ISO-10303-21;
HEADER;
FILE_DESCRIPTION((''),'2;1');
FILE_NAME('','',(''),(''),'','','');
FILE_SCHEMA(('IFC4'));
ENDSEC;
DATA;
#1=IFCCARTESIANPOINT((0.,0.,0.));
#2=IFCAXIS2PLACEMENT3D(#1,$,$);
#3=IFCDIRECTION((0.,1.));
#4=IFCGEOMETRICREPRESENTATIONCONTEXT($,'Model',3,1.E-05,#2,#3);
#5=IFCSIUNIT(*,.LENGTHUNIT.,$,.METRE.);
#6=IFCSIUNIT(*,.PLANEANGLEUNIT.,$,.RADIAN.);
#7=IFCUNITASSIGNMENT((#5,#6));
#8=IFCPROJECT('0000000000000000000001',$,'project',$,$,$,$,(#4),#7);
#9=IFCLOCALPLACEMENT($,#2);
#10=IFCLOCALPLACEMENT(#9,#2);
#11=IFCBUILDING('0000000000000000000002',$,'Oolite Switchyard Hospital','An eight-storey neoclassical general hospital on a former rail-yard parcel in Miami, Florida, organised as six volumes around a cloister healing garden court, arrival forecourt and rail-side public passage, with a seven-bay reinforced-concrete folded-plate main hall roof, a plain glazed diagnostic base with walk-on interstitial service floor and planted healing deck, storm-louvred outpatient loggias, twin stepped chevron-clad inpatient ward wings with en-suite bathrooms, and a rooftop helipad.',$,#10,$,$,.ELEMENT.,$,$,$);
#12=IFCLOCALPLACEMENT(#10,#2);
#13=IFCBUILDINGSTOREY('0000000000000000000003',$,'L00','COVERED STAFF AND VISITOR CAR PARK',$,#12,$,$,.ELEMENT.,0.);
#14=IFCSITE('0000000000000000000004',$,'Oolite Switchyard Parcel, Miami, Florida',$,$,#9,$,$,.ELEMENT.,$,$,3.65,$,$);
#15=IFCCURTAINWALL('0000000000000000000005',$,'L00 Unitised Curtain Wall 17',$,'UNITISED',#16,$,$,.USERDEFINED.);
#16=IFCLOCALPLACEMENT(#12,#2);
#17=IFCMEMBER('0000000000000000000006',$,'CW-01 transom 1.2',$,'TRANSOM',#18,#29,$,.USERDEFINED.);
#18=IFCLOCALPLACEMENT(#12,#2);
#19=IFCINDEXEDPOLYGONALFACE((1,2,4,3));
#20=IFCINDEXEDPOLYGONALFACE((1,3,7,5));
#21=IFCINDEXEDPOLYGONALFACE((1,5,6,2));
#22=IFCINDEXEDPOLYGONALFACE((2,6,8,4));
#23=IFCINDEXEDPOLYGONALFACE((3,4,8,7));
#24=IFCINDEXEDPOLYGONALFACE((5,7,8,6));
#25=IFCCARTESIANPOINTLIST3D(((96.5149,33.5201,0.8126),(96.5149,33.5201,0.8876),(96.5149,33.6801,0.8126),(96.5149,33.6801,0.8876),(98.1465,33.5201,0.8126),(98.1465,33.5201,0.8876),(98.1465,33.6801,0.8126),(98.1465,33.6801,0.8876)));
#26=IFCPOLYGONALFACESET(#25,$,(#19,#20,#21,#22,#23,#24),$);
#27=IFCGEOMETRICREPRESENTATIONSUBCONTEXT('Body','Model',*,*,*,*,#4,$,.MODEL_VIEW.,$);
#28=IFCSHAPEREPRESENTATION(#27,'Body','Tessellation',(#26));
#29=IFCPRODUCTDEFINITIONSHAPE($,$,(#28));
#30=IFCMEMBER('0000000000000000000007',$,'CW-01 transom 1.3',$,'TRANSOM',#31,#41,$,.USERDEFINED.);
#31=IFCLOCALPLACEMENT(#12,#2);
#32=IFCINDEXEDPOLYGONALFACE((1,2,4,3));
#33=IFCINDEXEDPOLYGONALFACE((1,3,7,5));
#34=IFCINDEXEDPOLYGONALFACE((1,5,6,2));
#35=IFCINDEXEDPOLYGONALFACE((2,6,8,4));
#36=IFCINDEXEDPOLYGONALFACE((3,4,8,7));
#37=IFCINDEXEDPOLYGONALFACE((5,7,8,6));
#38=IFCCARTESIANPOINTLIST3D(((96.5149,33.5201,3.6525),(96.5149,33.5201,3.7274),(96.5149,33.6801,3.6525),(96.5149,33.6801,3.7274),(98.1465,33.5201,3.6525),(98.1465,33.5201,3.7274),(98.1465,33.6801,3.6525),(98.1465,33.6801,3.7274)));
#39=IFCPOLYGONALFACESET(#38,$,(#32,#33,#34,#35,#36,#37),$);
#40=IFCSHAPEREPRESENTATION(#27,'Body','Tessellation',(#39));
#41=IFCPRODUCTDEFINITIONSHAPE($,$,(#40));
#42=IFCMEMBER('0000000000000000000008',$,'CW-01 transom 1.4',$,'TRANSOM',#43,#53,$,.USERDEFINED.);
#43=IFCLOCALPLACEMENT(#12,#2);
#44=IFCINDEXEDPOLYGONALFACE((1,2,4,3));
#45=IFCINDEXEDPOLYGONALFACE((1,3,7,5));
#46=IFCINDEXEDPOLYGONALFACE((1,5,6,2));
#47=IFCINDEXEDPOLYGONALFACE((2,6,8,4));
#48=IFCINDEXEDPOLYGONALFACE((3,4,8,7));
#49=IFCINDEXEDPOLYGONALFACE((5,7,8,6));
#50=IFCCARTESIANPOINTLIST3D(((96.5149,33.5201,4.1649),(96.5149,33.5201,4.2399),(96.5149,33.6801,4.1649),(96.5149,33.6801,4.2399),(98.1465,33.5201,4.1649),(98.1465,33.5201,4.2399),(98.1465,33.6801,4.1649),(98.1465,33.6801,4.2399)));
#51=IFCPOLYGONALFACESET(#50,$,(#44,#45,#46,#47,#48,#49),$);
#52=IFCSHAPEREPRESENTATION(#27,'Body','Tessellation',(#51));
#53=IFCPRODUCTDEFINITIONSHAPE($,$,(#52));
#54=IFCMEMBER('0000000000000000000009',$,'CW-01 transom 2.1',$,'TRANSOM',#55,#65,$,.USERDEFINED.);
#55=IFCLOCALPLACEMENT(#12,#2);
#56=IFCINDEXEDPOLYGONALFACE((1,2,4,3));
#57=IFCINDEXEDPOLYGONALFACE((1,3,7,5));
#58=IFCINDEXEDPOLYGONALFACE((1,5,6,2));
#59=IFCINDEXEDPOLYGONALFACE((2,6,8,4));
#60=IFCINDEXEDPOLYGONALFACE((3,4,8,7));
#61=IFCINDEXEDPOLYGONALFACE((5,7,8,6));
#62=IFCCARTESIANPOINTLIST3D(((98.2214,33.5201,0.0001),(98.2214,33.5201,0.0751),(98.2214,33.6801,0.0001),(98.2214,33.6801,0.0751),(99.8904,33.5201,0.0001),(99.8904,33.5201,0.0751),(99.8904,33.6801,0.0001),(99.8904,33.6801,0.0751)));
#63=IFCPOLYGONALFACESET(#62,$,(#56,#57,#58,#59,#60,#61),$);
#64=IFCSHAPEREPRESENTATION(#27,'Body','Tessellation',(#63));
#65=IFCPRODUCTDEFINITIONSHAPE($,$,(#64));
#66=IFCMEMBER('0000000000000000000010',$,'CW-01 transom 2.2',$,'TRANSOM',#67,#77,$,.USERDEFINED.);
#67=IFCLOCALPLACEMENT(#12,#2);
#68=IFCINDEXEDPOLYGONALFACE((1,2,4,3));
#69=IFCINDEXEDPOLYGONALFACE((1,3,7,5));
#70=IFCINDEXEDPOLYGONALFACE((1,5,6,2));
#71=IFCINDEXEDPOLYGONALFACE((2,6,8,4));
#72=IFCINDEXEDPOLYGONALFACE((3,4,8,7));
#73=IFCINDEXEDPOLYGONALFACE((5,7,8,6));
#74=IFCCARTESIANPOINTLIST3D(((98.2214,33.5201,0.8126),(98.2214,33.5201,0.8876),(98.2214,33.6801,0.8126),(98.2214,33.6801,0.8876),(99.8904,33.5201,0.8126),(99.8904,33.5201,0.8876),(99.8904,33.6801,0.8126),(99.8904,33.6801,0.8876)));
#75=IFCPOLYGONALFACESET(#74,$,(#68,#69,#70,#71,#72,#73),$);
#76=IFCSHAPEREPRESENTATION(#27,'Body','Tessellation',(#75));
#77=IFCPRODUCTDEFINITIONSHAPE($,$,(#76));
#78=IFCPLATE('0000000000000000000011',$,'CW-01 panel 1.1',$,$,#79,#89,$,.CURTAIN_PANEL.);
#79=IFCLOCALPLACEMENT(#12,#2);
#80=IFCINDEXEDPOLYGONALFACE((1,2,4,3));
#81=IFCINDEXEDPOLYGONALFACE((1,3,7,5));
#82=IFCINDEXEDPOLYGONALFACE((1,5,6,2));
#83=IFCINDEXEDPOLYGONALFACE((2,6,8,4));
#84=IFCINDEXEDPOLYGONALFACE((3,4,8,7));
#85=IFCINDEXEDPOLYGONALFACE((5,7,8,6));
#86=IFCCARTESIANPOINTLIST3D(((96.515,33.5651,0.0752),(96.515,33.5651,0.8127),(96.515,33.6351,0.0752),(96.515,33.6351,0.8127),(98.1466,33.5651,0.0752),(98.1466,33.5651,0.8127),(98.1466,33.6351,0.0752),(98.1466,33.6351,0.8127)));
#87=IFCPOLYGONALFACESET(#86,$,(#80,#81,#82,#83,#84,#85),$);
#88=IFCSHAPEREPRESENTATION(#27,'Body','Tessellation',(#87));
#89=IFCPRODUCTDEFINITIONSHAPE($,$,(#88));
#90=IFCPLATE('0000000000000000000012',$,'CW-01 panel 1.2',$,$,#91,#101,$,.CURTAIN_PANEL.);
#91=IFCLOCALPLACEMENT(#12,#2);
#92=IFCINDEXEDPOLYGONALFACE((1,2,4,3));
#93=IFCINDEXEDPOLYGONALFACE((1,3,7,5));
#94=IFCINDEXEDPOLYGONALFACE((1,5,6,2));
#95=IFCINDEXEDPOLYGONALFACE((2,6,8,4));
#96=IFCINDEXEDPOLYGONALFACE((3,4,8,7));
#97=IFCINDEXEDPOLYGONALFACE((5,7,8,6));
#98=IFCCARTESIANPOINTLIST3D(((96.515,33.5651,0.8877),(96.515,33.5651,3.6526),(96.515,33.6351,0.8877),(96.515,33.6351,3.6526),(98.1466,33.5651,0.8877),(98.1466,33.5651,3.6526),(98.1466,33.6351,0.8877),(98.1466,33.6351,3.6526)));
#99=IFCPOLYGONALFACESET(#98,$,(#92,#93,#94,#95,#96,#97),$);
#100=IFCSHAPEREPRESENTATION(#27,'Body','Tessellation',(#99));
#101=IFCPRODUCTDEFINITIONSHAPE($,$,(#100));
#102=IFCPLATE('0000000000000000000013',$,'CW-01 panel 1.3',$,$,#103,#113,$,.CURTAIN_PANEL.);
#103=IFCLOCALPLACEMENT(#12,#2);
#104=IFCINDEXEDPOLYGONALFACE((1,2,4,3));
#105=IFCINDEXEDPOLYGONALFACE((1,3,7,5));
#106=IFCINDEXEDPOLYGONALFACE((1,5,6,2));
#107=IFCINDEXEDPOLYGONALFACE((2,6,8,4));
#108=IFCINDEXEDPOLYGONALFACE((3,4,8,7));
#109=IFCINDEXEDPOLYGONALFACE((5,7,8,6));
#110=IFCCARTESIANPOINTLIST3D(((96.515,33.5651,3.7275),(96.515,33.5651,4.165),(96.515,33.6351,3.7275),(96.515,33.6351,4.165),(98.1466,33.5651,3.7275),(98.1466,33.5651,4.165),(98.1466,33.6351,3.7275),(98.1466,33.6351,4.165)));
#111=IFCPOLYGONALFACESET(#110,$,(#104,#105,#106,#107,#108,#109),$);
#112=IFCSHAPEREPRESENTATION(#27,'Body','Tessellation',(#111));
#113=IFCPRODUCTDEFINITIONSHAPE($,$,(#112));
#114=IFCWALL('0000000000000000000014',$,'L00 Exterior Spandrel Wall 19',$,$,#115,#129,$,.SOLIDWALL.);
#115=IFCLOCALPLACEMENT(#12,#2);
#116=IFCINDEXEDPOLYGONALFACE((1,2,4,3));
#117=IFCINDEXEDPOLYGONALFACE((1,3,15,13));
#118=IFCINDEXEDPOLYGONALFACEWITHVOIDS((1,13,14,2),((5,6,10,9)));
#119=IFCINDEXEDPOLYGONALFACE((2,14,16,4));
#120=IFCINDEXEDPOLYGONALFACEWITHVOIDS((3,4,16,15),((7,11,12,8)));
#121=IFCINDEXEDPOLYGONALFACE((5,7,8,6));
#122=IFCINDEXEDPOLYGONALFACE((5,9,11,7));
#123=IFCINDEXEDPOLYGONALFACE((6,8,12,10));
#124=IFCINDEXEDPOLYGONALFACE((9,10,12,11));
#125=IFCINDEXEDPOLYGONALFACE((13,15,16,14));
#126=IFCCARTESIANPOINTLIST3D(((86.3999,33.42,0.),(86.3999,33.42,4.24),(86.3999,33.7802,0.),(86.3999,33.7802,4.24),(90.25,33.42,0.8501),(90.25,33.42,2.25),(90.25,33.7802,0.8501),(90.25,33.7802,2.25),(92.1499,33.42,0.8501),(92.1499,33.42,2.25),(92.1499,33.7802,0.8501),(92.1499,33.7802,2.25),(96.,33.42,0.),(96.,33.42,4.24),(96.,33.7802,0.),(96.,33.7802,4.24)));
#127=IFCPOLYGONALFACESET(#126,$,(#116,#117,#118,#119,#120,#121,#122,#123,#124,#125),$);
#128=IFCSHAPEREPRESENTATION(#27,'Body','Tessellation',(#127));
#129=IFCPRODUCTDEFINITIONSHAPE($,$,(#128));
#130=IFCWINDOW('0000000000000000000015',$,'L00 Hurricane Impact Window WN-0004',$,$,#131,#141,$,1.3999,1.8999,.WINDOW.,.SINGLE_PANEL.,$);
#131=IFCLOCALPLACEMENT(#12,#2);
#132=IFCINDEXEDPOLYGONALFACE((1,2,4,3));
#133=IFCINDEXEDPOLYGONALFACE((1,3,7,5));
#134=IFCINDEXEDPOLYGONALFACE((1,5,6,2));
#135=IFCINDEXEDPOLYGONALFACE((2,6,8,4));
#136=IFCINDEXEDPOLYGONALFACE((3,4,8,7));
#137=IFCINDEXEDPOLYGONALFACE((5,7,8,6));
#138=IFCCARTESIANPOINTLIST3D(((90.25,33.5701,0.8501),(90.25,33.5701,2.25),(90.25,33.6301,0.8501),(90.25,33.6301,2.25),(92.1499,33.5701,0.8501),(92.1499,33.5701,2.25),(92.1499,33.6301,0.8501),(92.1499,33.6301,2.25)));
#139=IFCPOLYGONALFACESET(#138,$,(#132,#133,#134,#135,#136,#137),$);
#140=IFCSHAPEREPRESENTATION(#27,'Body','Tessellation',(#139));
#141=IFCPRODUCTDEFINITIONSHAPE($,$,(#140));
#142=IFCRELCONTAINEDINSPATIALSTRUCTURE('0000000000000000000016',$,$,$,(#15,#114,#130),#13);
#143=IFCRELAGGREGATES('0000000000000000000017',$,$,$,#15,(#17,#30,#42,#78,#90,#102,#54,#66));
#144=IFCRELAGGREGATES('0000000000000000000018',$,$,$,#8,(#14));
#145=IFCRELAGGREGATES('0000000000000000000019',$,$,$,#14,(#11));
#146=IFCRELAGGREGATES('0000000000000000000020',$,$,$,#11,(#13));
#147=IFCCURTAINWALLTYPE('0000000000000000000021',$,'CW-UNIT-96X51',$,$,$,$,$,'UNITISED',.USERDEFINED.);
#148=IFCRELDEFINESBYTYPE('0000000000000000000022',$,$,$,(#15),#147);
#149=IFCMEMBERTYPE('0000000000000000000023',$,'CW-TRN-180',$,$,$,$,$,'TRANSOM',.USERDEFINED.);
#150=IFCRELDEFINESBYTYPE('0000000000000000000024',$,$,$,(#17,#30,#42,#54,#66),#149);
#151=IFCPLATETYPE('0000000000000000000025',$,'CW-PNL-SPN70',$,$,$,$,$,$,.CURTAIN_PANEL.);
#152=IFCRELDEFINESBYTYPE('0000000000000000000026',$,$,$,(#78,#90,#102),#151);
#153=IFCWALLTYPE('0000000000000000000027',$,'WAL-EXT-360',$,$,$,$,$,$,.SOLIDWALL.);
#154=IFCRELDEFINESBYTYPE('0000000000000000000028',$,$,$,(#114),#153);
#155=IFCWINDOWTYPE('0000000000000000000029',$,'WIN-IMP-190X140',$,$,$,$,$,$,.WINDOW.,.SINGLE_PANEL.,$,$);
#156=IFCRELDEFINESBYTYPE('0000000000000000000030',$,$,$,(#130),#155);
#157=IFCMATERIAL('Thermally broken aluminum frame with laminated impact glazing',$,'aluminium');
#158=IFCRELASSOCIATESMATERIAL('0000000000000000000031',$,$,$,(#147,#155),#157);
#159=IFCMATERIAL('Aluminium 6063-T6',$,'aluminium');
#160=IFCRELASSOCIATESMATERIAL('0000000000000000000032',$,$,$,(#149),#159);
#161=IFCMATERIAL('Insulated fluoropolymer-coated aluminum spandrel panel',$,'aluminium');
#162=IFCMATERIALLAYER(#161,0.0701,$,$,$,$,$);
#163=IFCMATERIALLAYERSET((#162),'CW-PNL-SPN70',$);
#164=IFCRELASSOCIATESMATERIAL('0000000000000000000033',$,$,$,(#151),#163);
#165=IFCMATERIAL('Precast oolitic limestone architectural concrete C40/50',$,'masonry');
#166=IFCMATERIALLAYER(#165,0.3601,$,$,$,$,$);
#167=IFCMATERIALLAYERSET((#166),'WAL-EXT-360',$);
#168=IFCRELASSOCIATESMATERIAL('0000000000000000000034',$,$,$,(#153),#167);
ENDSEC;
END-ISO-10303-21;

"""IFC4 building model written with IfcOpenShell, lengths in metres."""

from ifc_helpers import new_model, si_unit, direction, frame, frame_2d, origin, origin_2d, place, context, subcontext, project, spatial, rectangle, extrude, material, layer, layer_set, material_profile, profile_set, type_object, element, fill, aggregate, save


model = new_model("IFC4")

# Units and contexts
model_context = context("Model", 3, precision=1e-05, world=origin(), true_north=direction((0.0, 1.0)))
body_context = subcontext(model_context, "Body", "Model", "MODEL_VIEW")
ifc_project = project(units=[si_unit("LENGTHUNIT", "METRE"), si_unit("PLANEANGLEUNIT", "RADIAN")], contexts=[model_context])

# Site, building, storey
site_placement = place(None, origin())
site = spatial("IfcSite", under=ifc_project, at=site_placement, Name="Oolite Switchyard Parcel, Miami, Florida", CompositionType="ELEMENT", RefElevation=3.65)
building_placement = place(site_placement, origin())
building = spatial("IfcBuilding", under=site, at=building_placement, Name="Oolite Switchyard Hospital", Description="An eight-storey neoclassical general hospital on a former rail-yard parcel in Miami, Florida, organised as six volumes around a cloister healing garden court, arrival forecourt and rail-side public passage, with a seven-bay reinforced-concrete folded-plate main hall roof, a plain glazed diagnostic base with walk-on interstitial service floor and planted healing deck, storm-louvred outpatient loggias, twin stepped chevron-clad inpatient ward wings with en-suite bathrooms, and a rooftop helipad.", CompositionType="ELEMENT")
storey_placement = place(building_placement, origin())
storey = spatial("IfcBuildingStorey", under=building, at=storey_placement, Name="L00", Description="COVERED STAFF AND VISITOR CAR PARK", CompositionType="ELEMENT", Elevation=0.0)

# Shared definitions
ifc_material_1 = material(Name="Thermally broken aluminum frame with laminated impact glazing", Category="aluminium")
curtain_wall_type = type_object("IfcCurtainWallType", Name="CW-UNIT-96X51", ElementType="UNITISED", PredefinedType="USERDEFINED", material=ifc_material_1)
ifc_material_2 = material(Name="Aluminium 6063-T6", Category="aluminium")

# Curtain wall, members, plates
curtain_wall_1_placement = place(storey_placement, origin())
curtain_wall_1 = element("IfcCurtainWall", 1, at=curtain_wall_1_placement, inside=storey, type_object=curtain_wall_type, Name="L00 Unitised Curtain Wall 17", ObjectType="UNITISED", PredefinedType="USERDEFINED")
ifc_material_profile_1 = material_profile(ifc_material_2, rectangle(XDim=0.1599, YDim=0.075, at=origin_2d()), Name="CWT75X160")
ifc_profile_set_1 = profile_set([ifc_material_profile_1], Name="Aluminium 6063-T6")
member_type_1 = type_object("IfcMemberType", Name="CW-TRN-180", ElementType="TRANSOM", PredefinedType="USERDEFINED", material=ifc_profile_set_1)
member_1_placement = place(storey_placement, frame((96.5149, 33.6001, 0.8501), z_axis=(1.0, 0.0, 0.0), x_axis=(0.0, 1.0, 0.0)))
member_1 = element("IfcMember", 2, at=member_1_placement, type_object=member_type_1, Name="CW-01 transom 1.2", ObjectType="TRANSOM", PredefinedType="USERDEFINED", context=body_context, shape_type="SweptSolid", body=[
    extrude(rectangle(XDim=0.1599, YDim=0.075, at=origin_2d()), origin(), (0.0, 0.0, 1.0), 1.6316),
])
member_2_placement = place(storey_placement, frame((96.5149, 33.6001, 3.6899), z_axis=(1.0, 0.0, 0.0), x_axis=(0.0, 1.0, 0.0)))
member_2 = element("IfcMember", 3, at=member_2_placement, type_object=member_type_1, Name="CW-01 transom 1.3", ObjectType="TRANSOM", PredefinedType="USERDEFINED", context=body_context, shape_type="SweptSolid", body=[
    extrude(rectangle(XDim=0.1599, YDim=0.075, at=origin_2d()), origin(), (0.0, 0.0, 1.0), 1.6316),
])
member_3_placement = place(storey_placement, frame((96.5149, 33.6001, 4.2024), z_axis=(1.0, 0.0, 0.0), x_axis=(0.0, 1.0, 0.0)))
member_3 = element("IfcMember", 4, at=member_3_placement, type_object=member_type_1, Name="CW-01 transom 1.4", ObjectType="TRANSOM", PredefinedType="USERDEFINED", context=body_context, shape_type="SweptSolid", body=[
    extrude(rectangle(XDim=0.1599, YDim=0.075, at=origin_2d()), origin(), (0.0, 0.0, 1.0), 1.6316),
])
member_4_placement = place(storey_placement, frame((98.2214, 33.6001, 0.0376), z_axis=(1.0, 0.0, 0.0), x_axis=(0.0, 1.0, 0.0)))
member_4 = element("IfcMember", 5, at=member_4_placement, type_object=member_type_1, Name="CW-01 transom 2.1", ObjectType="TRANSOM", PredefinedType="USERDEFINED", context=body_context, shape_type="SweptSolid", body=[
    extrude(rectangle(XDim=0.1599, YDim=0.075, at=origin_2d()), origin(), (0.0, 0.0, 1.0), 1.6689),
])
member_5_placement = place(storey_placement, frame((98.2214, 33.6001, 0.8501), z_axis=(1.0, 0.0, 0.0), x_axis=(0.0, 1.0, 0.0)))
member_5 = element("IfcMember", 6, at=member_5_placement, type_object=member_type_1, Name="CW-01 transom 2.2", ObjectType="TRANSOM", PredefinedType="USERDEFINED", context=body_context, shape_type="SweptSolid", body=[
    extrude(rectangle(XDim=0.1599, YDim=0.075, at=origin_2d()), origin(), (0.0, 0.0, 1.0), 1.6689),
])
ifc_material_3 = material(Name="Insulated fluoropolymer-coated aluminum spandrel panel", Category="aluminium")
ifc_layer_1 = layer(ifc_material_3, 0.0701)
ifc_layer_set_1 = layer_set([ifc_layer_1], Name="CW-PNL-SPN70")
plate_type = type_object("IfcPlateType", Name="CW-PNL-SPN70", PredefinedType="CURTAIN_PANEL", material=ifc_layer_set_1)
plate_1_placement = place(storey_placement, frame((97.3308, 33.6001, 0.0752), z_axis=(0.0, 0.0, 1.0), x_axis=(1.0, 0.0, 0.0)))
plate_1 = element("IfcPlate", 7, at=plate_1_placement, type_object=plate_type, Name="CW-01 panel 1.1", PredefinedType="CURTAIN_PANEL", context=body_context, shape_type="SweptSolid", body=[
    extrude(rectangle(XDim=1.6316, YDim=0.0701, at=origin_2d()), origin(), (0.0, 0.0, 1.0), 0.7375),
])
plate_2_placement = place(storey_placement, frame((97.3308, 33.6001, 0.8877), z_axis=(0.0, 0.0, 1.0), x_axis=(1.0, 0.0, 0.0)))
plate_2 = element("IfcPlate", 8, at=plate_2_placement, type_object=plate_type, Name="CW-01 panel 1.2", PredefinedType="CURTAIN_PANEL", context=body_context, shape_type="SweptSolid", body=[
    extrude(rectangle(XDim=1.6316, YDim=0.0701, at=origin_2d()), origin(), (0.0, 0.0, 1.0), 2.7649),
])
plate_3_placement = place(storey_placement, frame((97.3308, 33.6001, 3.7275), z_axis=(0.0, 0.0, 1.0), x_axis=(1.0, 0.0, 0.0)))
plate_3 = element("IfcPlate", 9, at=plate_3_placement, type_object=plate_type, Name="CW-01 panel 1.3", PredefinedType="CURTAIN_PANEL", context=body_context, shape_type="SweptSolid", body=[
    extrude(rectangle(XDim=1.6316, YDim=0.0701, at=origin_2d()), origin(), (0.0, 0.0, 1.0), 0.4375),
])
aggregate(curtain_wall_1, [member_1, member_2, member_3, plate_1, plate_2, plate_3, member_4, member_5])

# Wall, opening, window
ifc_material_4 = material(Name="Precast oolitic limestone architectural concrete C40/50", Category="masonry")
ifc_layer_2 = layer(ifc_material_4, 0.3601)
ifc_layer_set_2 = layer_set([ifc_layer_2], Name="WAL-EXT-360")
wall_type = type_object("IfcWallType", Name="WAL-EXT-360", PredefinedType="SOLIDWALL", material=ifc_layer_set_2)
wall_placement = place(storey_placement, frame((86.3999, 33.6001, 0.0), z_axis=(0.0, 0.0, 1.0), x_axis=(1.0, 0.0, 0.0)))
wall = element("IfcWall", 10, at=wall_placement, inside=storey, type_object=wall_type, Name="L00 Exterior Spandrel Wall 19", PredefinedType="SOLIDWALL", context=body_context, shape_type="SweptSolid", body=[
    extrude(rectangle(XDim=9.6001, YDim=0.3601, at=frame_2d((4.8, 0.0))), origin(), (0.0, 0.0, 1.0), 4.24),
])
opening_placement = place(wall_placement, frame((3.8501, 0.0, 0.8501)))
opening = element("IfcOpeningElement", 11, at=opening_placement, cuts=wall, PredefinedType="OPENING", context=body_context, shape_type="SweptSolid", body=[
    extrude(rectangle(XDim=1.8999, YDim=1.3999, at=frame_2d((0.95, 0.7))), frame((0.0, 0.1899, 0.0), z_axis=(0.0, -1.0, 0.0), x_axis=(1.0, 0.0, 0.0)), (0.0, 0.0, 1.0), 0.3801),
])
window_type = type_object("IfcWindowType", Name="WIN-IMP-190X140", PartitioningType="SINGLE_PANEL", PredefinedType="WINDOW", material=ifc_material_1)
window_placement = place(opening_placement, origin())
window = element("IfcWindow", 12, at=window_placement, inside=storey, type_object=window_type, Name="L00 Hurricane Impact Window WN-0004", OverallHeight=1.3999, OverallWidth=1.8999, PartitioningType="SINGLE_PANEL", PredefinedType="WINDOW", context=body_context, shape_type="SweptSolid", body=[
    extrude(rectangle(XDim=1.8999, YDim=1.3999, at=frame_2d((0.95, 0.7))), frame((0.0, 0.03, 0.0), z_axis=(0.0, -1.0, 0.0), x_axis=(1.0, 0.0, 0.0)), (0.0, 0.0, 1.0), 0.0601),
])
fill(opening, window)

save(model, "model.ifc")
